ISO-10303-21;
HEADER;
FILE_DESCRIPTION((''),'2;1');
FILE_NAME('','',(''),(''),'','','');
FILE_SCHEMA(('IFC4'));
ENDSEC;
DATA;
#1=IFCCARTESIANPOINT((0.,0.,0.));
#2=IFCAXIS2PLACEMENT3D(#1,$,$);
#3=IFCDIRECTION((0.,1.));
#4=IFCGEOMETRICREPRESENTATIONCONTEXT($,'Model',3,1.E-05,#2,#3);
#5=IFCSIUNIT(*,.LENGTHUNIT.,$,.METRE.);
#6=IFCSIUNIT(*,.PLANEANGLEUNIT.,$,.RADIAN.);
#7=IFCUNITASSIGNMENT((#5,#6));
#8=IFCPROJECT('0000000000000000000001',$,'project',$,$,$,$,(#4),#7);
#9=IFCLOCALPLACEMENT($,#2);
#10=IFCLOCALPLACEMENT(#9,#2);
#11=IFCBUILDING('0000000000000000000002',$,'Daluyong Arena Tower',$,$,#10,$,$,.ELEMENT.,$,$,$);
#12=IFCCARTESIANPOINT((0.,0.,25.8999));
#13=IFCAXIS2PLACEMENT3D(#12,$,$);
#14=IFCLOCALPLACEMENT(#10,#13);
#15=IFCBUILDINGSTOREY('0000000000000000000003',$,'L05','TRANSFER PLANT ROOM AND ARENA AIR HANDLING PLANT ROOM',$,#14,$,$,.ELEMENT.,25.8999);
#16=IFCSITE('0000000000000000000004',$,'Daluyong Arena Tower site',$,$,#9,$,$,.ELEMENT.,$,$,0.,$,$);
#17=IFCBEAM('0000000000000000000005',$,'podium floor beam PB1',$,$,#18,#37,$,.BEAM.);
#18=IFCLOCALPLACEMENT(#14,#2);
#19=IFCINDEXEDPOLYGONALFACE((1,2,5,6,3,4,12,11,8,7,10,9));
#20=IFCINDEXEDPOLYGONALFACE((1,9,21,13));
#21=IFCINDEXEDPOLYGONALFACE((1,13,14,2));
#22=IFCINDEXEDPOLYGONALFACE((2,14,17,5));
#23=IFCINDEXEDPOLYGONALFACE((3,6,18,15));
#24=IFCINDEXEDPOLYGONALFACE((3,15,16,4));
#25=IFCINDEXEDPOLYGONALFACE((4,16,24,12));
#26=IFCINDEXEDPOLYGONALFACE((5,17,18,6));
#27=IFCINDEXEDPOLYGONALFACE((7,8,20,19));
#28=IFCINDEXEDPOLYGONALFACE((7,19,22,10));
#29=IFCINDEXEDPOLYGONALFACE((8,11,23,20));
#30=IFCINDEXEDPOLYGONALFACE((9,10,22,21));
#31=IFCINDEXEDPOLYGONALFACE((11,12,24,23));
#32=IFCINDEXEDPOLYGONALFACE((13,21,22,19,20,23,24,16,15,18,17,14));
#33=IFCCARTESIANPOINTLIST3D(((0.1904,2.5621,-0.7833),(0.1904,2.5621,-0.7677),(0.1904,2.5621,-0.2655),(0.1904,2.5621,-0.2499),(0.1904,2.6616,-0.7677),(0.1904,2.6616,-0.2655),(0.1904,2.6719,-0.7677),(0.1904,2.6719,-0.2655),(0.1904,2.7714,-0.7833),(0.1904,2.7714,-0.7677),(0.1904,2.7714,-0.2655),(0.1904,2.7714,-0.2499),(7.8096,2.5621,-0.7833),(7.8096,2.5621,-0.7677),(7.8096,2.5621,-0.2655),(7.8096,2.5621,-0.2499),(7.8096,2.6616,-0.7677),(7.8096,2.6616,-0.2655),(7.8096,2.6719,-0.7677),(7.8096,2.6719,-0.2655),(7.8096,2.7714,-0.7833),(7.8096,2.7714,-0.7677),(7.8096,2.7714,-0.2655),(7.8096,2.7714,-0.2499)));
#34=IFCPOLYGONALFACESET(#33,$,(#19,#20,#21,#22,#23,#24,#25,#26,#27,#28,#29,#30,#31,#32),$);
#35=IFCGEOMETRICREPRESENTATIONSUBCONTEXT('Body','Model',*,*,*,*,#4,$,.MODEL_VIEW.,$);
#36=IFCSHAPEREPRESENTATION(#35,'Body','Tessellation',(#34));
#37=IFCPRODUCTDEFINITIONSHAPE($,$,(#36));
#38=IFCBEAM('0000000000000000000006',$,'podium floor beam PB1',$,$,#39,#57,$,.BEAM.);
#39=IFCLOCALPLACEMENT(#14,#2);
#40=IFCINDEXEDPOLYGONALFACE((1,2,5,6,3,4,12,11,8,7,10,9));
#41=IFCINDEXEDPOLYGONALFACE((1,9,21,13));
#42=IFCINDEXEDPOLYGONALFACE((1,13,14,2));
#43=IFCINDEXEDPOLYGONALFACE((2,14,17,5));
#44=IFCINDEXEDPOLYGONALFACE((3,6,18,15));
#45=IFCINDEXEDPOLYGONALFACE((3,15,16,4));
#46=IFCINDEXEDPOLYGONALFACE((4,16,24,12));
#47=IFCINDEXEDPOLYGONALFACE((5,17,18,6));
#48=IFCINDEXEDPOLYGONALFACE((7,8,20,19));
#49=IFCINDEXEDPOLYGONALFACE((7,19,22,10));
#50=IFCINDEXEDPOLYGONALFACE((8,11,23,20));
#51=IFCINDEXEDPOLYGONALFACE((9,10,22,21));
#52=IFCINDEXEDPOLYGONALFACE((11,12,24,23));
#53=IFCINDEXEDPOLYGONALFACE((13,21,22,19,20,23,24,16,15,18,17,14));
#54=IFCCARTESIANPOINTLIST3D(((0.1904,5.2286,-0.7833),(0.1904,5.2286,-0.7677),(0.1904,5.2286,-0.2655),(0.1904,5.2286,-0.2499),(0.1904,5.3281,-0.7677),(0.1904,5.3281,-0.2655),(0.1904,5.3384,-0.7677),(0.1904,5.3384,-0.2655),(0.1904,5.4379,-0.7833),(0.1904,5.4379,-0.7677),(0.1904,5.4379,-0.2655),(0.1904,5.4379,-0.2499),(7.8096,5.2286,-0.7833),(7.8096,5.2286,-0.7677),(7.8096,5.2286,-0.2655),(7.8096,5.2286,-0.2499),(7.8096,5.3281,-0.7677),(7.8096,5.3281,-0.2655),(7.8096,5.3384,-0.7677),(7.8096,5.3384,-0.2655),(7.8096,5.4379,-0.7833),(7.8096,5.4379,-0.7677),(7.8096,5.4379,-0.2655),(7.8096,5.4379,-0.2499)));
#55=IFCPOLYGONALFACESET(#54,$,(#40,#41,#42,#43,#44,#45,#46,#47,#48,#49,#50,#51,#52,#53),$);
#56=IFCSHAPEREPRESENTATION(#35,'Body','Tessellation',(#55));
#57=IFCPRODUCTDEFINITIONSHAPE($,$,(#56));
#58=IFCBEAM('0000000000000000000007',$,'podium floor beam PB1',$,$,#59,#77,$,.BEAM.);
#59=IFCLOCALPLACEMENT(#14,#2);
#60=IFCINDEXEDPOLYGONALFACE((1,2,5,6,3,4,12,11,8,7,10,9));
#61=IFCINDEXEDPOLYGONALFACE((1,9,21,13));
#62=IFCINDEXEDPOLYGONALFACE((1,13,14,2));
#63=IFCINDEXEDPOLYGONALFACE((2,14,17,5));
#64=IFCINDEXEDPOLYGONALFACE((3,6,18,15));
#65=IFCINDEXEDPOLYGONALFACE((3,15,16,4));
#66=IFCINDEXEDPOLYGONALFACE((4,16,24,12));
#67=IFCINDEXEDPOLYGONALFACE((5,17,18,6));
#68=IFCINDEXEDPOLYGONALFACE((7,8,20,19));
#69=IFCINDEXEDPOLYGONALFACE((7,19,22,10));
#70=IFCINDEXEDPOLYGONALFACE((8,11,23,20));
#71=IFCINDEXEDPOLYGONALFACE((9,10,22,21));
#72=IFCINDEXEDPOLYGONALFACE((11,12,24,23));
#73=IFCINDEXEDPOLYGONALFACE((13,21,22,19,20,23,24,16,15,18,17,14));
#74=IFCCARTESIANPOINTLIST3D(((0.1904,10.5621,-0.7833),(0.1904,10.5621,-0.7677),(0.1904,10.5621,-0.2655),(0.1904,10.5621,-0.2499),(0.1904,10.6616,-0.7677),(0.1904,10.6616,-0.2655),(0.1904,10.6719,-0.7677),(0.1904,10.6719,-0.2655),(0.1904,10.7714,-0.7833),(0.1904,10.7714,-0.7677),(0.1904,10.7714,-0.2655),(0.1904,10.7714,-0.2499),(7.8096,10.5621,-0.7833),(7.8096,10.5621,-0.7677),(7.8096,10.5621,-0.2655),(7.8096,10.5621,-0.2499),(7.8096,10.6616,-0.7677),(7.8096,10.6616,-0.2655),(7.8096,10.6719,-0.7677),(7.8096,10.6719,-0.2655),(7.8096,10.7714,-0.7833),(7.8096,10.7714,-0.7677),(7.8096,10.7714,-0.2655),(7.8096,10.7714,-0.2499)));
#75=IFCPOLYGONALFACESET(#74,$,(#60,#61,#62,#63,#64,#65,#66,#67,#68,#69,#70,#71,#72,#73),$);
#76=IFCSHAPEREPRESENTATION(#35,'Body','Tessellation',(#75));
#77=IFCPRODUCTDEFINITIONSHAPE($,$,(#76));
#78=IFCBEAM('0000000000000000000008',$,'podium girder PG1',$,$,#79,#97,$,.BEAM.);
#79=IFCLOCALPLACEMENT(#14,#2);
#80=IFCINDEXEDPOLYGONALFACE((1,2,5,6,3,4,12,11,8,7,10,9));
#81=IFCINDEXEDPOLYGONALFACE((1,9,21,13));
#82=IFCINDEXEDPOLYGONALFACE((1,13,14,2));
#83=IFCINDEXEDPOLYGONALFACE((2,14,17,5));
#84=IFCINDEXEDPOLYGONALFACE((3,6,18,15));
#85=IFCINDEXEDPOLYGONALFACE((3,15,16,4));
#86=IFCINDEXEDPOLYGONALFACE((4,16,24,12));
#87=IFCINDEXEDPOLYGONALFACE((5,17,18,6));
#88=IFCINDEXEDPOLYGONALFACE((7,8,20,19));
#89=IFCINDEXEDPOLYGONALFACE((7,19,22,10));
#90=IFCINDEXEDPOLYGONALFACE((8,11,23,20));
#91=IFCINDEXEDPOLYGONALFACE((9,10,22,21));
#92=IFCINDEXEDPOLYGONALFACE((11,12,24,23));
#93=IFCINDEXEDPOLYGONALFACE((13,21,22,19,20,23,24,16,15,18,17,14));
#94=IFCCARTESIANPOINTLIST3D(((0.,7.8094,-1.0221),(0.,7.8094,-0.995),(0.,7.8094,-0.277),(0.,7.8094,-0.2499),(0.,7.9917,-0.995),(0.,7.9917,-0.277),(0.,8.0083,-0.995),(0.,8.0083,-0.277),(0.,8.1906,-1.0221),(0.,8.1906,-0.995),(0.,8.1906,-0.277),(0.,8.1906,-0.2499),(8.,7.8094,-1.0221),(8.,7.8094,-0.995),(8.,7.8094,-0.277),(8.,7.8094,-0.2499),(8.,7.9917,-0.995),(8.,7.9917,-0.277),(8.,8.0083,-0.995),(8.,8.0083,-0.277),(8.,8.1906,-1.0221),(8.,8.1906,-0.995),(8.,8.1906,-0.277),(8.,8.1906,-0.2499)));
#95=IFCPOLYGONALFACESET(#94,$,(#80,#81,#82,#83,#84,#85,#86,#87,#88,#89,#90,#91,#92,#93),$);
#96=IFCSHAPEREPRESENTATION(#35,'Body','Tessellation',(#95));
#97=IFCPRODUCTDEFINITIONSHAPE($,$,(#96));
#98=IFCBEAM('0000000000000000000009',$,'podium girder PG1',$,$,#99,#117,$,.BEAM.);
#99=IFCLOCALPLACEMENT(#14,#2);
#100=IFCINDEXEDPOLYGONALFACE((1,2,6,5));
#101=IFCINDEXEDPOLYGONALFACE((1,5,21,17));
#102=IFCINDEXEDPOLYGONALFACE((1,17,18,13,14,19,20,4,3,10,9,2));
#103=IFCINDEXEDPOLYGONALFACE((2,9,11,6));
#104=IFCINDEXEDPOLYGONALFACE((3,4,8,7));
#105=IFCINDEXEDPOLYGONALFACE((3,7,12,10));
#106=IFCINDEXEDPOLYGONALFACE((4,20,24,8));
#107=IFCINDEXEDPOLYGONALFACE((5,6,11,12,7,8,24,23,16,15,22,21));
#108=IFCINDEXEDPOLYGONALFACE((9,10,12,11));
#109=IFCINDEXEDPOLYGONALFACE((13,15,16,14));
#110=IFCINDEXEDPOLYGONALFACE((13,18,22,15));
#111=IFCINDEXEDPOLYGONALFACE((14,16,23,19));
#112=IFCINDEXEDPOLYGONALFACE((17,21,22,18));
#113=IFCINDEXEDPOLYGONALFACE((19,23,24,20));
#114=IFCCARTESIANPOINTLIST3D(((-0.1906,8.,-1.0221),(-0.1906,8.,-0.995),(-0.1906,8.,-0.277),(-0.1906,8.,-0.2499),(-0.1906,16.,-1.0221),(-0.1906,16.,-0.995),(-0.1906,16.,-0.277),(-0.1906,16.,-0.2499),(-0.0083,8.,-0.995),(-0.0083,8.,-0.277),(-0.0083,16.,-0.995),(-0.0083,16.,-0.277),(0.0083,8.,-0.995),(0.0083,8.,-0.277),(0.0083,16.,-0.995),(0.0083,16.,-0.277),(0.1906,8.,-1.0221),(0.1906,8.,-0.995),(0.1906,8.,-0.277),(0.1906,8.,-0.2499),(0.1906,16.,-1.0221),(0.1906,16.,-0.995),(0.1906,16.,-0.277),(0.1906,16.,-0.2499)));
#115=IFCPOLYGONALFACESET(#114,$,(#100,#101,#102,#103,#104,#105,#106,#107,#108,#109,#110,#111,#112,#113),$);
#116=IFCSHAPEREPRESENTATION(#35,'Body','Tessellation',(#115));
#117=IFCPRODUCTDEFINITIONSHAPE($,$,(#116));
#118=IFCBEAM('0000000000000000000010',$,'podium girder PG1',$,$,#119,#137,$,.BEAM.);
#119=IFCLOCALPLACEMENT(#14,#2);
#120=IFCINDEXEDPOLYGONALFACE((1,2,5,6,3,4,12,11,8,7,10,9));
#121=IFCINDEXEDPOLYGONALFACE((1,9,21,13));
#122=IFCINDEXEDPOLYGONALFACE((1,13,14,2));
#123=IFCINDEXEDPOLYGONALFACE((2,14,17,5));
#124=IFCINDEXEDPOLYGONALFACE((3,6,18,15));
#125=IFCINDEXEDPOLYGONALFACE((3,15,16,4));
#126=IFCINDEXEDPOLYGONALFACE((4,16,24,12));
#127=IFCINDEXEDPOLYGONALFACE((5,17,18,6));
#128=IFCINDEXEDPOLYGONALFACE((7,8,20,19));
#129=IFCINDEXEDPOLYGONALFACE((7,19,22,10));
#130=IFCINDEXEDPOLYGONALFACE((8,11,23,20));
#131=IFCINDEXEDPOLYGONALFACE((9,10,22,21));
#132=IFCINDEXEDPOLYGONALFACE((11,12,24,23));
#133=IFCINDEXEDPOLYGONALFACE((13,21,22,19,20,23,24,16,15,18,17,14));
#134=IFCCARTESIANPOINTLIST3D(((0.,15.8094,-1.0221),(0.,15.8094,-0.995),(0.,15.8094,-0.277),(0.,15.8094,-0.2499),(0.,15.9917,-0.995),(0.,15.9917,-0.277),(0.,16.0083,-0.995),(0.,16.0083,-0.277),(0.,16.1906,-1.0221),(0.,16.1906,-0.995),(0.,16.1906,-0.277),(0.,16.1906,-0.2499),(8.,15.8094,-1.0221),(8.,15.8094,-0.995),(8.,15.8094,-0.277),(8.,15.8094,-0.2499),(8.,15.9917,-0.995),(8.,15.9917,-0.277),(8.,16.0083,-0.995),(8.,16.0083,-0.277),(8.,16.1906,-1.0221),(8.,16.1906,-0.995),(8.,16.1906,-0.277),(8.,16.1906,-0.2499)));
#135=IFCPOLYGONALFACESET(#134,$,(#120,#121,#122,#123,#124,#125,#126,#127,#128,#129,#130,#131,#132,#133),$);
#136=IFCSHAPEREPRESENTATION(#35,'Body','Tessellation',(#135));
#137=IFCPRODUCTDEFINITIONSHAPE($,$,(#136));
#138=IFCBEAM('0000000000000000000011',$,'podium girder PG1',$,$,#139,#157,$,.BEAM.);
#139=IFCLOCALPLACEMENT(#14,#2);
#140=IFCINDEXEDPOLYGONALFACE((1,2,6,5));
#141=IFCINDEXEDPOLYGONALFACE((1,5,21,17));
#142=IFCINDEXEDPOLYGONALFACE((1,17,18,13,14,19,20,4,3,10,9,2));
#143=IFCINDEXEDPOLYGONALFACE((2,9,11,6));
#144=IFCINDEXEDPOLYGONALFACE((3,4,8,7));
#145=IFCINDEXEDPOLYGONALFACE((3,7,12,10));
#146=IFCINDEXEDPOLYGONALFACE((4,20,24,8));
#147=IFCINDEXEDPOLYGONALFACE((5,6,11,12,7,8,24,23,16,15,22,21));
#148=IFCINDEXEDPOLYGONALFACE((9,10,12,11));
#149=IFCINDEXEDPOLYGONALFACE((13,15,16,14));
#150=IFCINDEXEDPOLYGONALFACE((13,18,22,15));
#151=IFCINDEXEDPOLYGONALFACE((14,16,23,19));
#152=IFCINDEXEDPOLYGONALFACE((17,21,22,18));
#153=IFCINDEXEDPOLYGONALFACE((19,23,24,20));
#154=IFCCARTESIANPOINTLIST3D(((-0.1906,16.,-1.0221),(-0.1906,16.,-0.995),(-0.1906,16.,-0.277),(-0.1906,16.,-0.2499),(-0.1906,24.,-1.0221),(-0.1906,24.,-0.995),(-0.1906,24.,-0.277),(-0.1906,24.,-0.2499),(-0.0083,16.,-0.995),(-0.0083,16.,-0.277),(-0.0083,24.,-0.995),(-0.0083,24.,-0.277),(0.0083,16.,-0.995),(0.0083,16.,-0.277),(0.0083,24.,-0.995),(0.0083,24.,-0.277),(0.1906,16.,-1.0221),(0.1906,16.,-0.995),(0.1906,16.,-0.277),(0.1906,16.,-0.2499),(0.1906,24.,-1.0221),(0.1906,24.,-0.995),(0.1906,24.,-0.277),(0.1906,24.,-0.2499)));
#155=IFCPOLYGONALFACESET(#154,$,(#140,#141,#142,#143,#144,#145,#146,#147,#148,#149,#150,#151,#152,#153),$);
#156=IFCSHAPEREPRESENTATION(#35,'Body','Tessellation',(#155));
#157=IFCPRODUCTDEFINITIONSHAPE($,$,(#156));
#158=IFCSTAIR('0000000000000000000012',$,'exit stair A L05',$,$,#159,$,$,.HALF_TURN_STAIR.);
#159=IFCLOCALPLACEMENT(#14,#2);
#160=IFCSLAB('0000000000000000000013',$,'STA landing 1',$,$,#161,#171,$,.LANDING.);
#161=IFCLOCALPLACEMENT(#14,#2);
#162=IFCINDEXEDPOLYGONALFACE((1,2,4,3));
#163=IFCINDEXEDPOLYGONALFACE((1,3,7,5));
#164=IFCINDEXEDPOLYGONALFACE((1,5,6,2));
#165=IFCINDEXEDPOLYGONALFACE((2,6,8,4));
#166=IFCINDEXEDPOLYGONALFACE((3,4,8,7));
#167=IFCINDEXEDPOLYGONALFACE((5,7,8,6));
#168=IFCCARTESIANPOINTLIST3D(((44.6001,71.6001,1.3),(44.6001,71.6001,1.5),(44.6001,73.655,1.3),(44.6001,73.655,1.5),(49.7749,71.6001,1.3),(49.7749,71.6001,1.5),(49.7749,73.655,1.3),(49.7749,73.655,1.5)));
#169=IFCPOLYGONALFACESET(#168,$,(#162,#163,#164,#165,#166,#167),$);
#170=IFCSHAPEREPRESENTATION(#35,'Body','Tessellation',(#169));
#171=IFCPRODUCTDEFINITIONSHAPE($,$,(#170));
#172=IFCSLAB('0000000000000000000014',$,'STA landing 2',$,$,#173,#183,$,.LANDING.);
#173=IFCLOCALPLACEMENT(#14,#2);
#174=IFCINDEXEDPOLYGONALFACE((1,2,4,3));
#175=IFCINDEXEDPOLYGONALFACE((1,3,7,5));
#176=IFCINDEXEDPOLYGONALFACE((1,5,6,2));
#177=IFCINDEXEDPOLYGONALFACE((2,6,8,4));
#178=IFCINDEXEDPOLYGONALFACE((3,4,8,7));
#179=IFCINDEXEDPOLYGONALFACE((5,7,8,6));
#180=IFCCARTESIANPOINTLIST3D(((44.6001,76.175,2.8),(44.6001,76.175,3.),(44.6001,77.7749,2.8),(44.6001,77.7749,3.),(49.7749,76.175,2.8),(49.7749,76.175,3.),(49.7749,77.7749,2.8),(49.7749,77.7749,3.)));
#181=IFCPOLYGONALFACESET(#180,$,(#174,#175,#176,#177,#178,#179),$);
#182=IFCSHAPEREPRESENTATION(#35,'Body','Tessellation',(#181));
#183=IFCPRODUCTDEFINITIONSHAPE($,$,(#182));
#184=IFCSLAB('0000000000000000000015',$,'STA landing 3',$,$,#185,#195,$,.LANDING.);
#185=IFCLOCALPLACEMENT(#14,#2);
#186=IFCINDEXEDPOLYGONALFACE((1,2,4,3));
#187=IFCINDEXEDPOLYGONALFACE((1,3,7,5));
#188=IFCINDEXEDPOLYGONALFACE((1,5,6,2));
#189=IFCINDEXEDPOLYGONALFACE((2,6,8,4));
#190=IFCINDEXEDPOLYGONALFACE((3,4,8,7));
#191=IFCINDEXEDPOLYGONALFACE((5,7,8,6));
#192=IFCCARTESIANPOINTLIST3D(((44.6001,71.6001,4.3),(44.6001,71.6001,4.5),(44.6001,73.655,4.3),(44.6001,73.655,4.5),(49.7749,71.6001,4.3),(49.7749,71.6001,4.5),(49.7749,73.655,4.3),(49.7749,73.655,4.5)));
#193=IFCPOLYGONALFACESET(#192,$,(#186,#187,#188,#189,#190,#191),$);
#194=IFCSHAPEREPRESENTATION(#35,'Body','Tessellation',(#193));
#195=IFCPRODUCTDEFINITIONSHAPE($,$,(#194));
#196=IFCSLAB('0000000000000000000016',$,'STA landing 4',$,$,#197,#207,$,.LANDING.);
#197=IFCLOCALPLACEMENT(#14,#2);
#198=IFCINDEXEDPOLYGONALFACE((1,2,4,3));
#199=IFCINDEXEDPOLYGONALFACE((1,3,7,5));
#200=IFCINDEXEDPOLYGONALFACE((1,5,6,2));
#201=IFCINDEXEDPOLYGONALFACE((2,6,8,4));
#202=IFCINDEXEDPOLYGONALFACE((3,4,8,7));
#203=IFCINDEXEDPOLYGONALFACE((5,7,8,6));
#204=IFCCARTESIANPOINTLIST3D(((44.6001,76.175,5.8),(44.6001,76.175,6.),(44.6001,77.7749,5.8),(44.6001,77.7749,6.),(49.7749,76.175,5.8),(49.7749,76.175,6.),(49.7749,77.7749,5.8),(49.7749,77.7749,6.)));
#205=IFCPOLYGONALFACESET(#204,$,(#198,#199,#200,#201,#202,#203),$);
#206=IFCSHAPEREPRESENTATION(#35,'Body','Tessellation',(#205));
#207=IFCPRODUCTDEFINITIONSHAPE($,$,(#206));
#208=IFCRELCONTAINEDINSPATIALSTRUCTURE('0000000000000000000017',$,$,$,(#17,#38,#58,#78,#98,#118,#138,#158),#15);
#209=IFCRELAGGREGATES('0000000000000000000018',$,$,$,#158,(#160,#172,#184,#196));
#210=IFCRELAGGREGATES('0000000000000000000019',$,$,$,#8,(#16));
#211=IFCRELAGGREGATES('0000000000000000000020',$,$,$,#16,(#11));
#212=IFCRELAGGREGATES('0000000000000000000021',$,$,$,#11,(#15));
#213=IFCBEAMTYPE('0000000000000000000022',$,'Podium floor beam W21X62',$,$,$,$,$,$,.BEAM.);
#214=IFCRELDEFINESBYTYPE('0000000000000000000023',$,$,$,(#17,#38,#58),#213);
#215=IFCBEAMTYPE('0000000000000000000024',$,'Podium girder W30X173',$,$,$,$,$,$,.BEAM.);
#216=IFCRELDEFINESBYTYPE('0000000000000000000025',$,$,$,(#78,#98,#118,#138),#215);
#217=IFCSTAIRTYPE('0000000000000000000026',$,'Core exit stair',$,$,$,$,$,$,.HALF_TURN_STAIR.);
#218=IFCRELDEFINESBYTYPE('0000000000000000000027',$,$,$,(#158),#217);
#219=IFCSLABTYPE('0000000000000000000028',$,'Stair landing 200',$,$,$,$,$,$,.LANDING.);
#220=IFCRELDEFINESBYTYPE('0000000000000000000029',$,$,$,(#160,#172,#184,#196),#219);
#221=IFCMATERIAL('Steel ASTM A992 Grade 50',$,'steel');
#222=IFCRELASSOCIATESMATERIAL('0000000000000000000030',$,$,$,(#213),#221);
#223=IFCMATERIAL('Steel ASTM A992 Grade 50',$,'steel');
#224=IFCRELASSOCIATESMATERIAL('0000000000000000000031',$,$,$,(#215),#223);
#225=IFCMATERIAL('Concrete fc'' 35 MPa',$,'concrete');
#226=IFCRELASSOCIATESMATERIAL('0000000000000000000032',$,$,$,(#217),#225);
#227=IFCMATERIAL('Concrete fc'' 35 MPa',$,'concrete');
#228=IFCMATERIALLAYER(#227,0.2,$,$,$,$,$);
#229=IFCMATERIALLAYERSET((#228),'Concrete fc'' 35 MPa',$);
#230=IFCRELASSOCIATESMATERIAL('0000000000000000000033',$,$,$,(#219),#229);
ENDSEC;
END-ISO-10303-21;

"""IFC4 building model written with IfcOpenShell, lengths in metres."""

from ifc_helpers import new_model, si_unit, direction, frame, origin, origin_2d, place, context, subcontext, project, spatial, polyline, i_section, outline, extrude, material, layer, layer_set, material_profile, profile_set, type_object, element, aggregate, save


model = new_model("IFC4")

# Units and contexts
model_context = context("Model", 3, precision=1e-05, world=origin(), true_north=direction((0.0, 1.0)))
body_context = subcontext(model_context, "Body", "Model", "MODEL_VIEW")
ifc_project = project(units=[si_unit("LENGTHUNIT", "METRE"), si_unit("PLANEANGLEUNIT", "RADIAN")], contexts=[model_context])

# Site, building, storey
site_placement = place(None, origin())
site = spatial("IfcSite", under=ifc_project, at=site_placement, Name="Daluyong Arena Tower site", CompositionType="ELEMENT", RefElevation=0.0)
building_placement = place(site_placement, origin())
building = spatial("IfcBuilding", under=site, at=building_placement, Name="Daluyong Arena Tower", CompositionType="ELEMENT")
storey_placement = place(building_placement, frame((0.0, 0.0, 25.8999)))
storey = spatial("IfcBuildingStorey", under=building, at=storey_placement, Name="L05", Description="TRANSFER PLANT ROOM AND ARENA AIR HANDLING PLANT ROOM", CompositionType="ELEMENT", Elevation=25.8999)

# Beams
ifc_material_1 = material(Name="Steel ASTM A992 Grade 50", Category="steel")
ifc_material_profile_1 = material_profile(ifc_material_1, i_section(OverallWidth=0.2092, OverallDepth=0.5334, WebThickness=0.0103, FlangeThickness=0.0156, at=origin_2d()))
ifc_profile_set_1 = profile_set([ifc_material_profile_1], Name="Steel ASTM A992 Grade 50")
beam_type_1 = type_object("IfcBeamType", Name="Podium floor beam W21X62", PredefinedType="BEAM", material=ifc_profile_set_1)
for number, where, z_axis, x_axis, name in (
    (1, (0.1904, 2.6667, -0.5166), (1.0, 0.0, 0.0), (0.0, 1.0, 0.0), "podium floor beam PB1"),
    (2, (0.1904, 5.3333, -0.5166), (1.0, 0.0, 0.0), (0.0, 1.0, 0.0), "podium floor beam PB1"),
    (3, (0.1904, 10.6667, -0.5166), (1.0, 0.0, 0.0), (0.0, 1.0, 0.0), "podium floor beam PB1"),
):
    element("IfcBeam", number, at=place(storey_placement, frame(where, z_axis=z_axis, x_axis=x_axis)), inside=storey, type_object=beam_type_1, Name=name, PredefinedType="BEAM", context=body_context, shape_type="SweptSolid", body=[
        extrude(i_section(OverallWidth=0.2092, OverallDepth=0.5334, WebThickness=0.0103, FlangeThickness=0.0156, at=origin_2d()), origin(), (0.0, 0.0, 1.0), 7.6191),
    ])
ifc_material_2 = material(Name="Steel ASTM A992 Grade 50", Category="steel")
ifc_material_profile_2 = material_profile(ifc_material_2, i_section(OverallWidth=0.3811, OverallDepth=0.7722, WebThickness=0.0166, FlangeThickness=0.0271, at=origin_2d()))
ifc_profile_set_2 = profile_set([ifc_material_profile_2], Name="Steel ASTM A992 Grade 50")
beam_type_2 = type_object("IfcBeamType", Name="Podium girder W30X173", PredefinedType="BEAM", material=ifc_profile_set_2)
for number, where, z_axis, x_axis, name in (
    (4, (0.0, 8.0, -0.636), (1.0, 0.0, 0.0), (0.0, 1.0, 0.0), "podium girder PG1"),
    (5, (0.0, 8.0, -0.636), (0.0, 1.0, 0.0), (-1.0, 0.0, 0.0), "podium girder PG1"),
    (6, (0.0, 16.0, -0.636), (1.0, 0.0, 0.0), (0.0, 1.0, 0.0), "podium girder PG1"),
    (7, (0.0, 16.0, -0.636), (0.0, 1.0, 0.0), (-1.0, 0.0, 0.0), "podium girder PG1"),
):
    element("IfcBeam", number, at=place(storey_placement, frame(where, z_axis=z_axis, x_axis=x_axis)), inside=storey, type_object=beam_type_2, Name=name, PredefinedType="BEAM", context=body_context, shape_type="SweptSolid", body=[
        extrude(i_section(OverallWidth=0.3811, OverallDepth=0.7722, WebThickness=0.0166, FlangeThickness=0.0271, at=origin_2d()), origin(), (0.0, 0.0, 1.0), 8.0),
    ])

# Stair, slabs
ifc_material_3 = material(Name="Concrete fc' 35 MPa", Category="concrete")
stair_type = type_object("IfcStairType", Name="Core exit stair", PredefinedType="HALF_TURN_STAIR", material=ifc_material_3)
stair_1_placement = place(storey_placement, origin())
stair_1 = element("IfcStair", 8, at=stair_1_placement, inside=storey, type_object=stair_type, Name="exit stair A L05", PredefinedType="HALF_TURN_STAIR")
ifc_material_4 = material(Name="Concrete fc' 35 MPa", Category="concrete")
ifc_layer_1 = layer(ifc_material_4, 0.2)
ifc_layer_set_1 = layer_set([ifc_layer_1], Name="Concrete fc' 35 MPa")
slab_type = type_object("IfcSlabType", Name="Stair landing 200", PredefinedType="LANDING", material=ifc_layer_set_1)
slab_1_placement = place(storey_placement, frame((0.0, 0.0, 1.3)))
slab_1 = element("IfcSlab", 9, at=slab_1_placement, type_object=slab_type, Name="STA landing 1", PredefinedType="LANDING", context=body_context, shape_type="SweptSolid", body=[
    extrude(outline(polyline([(44.6001, 71.6001), (49.7749, 71.6001), (49.7749, 73.655), (44.6001, 73.655), (44.6001, 71.6001)])), origin(), (0.0, 0.0, 1.0), 0.2),
])
slab_2_placement = place(storey_placement, frame((0.0, 0.0, 2.8)))
slab_2 = element("IfcSlab", 10, at=slab_2_placement, type_object=slab_type, Name="STA landing 2", PredefinedType="LANDING", context=body_context, shape_type="SweptSolid", body=[
    extrude(outline(polyline([(44.6001, 76.175), (49.7749, 76.175), (49.7749, 77.7749), (44.6001, 77.7749), (44.6001, 76.175)])), origin(), (0.0, 0.0, 1.0), 0.2),
])
slab_3_placement = place(storey_placement, frame((0.0, 0.0, 4.3)))
slab_3 = element("IfcSlab", 11, at=slab_3_placement, type_object=slab_type, Name="STA landing 3", PredefinedType="LANDING", context=body_context, shape_type="SweptSolid", body=[
    extrude(outline(polyline([(44.6001, 71.6001), (49.7749, 71.6001), (49.7749, 73.655), (44.6001, 73.655), (44.6001, 71.6001)])), origin(), (0.0, 0.0, 1.0), 0.2),
])
slab_4_placement = place(storey_placement, frame((0.0, 0.0, 5.8)))
slab_4 = element("IfcSlab", 12, at=slab_4_placement, type_object=slab_type, Name="STA landing 4", PredefinedType="LANDING", context=body_context, shape_type="SweptSolid", body=[
    extrude(outline(polyline([(44.6001, 76.175), (49.7749, 76.175), (49.7749, 77.7749), (44.6001, 77.7749), (44.6001, 76.175)])), origin(), (0.0, 0.0, 1.0), 0.2),
])
aggregate(stair_1, [slab_1, slab_2, slab_3, slab_4])

save(model, "model.ifc")
